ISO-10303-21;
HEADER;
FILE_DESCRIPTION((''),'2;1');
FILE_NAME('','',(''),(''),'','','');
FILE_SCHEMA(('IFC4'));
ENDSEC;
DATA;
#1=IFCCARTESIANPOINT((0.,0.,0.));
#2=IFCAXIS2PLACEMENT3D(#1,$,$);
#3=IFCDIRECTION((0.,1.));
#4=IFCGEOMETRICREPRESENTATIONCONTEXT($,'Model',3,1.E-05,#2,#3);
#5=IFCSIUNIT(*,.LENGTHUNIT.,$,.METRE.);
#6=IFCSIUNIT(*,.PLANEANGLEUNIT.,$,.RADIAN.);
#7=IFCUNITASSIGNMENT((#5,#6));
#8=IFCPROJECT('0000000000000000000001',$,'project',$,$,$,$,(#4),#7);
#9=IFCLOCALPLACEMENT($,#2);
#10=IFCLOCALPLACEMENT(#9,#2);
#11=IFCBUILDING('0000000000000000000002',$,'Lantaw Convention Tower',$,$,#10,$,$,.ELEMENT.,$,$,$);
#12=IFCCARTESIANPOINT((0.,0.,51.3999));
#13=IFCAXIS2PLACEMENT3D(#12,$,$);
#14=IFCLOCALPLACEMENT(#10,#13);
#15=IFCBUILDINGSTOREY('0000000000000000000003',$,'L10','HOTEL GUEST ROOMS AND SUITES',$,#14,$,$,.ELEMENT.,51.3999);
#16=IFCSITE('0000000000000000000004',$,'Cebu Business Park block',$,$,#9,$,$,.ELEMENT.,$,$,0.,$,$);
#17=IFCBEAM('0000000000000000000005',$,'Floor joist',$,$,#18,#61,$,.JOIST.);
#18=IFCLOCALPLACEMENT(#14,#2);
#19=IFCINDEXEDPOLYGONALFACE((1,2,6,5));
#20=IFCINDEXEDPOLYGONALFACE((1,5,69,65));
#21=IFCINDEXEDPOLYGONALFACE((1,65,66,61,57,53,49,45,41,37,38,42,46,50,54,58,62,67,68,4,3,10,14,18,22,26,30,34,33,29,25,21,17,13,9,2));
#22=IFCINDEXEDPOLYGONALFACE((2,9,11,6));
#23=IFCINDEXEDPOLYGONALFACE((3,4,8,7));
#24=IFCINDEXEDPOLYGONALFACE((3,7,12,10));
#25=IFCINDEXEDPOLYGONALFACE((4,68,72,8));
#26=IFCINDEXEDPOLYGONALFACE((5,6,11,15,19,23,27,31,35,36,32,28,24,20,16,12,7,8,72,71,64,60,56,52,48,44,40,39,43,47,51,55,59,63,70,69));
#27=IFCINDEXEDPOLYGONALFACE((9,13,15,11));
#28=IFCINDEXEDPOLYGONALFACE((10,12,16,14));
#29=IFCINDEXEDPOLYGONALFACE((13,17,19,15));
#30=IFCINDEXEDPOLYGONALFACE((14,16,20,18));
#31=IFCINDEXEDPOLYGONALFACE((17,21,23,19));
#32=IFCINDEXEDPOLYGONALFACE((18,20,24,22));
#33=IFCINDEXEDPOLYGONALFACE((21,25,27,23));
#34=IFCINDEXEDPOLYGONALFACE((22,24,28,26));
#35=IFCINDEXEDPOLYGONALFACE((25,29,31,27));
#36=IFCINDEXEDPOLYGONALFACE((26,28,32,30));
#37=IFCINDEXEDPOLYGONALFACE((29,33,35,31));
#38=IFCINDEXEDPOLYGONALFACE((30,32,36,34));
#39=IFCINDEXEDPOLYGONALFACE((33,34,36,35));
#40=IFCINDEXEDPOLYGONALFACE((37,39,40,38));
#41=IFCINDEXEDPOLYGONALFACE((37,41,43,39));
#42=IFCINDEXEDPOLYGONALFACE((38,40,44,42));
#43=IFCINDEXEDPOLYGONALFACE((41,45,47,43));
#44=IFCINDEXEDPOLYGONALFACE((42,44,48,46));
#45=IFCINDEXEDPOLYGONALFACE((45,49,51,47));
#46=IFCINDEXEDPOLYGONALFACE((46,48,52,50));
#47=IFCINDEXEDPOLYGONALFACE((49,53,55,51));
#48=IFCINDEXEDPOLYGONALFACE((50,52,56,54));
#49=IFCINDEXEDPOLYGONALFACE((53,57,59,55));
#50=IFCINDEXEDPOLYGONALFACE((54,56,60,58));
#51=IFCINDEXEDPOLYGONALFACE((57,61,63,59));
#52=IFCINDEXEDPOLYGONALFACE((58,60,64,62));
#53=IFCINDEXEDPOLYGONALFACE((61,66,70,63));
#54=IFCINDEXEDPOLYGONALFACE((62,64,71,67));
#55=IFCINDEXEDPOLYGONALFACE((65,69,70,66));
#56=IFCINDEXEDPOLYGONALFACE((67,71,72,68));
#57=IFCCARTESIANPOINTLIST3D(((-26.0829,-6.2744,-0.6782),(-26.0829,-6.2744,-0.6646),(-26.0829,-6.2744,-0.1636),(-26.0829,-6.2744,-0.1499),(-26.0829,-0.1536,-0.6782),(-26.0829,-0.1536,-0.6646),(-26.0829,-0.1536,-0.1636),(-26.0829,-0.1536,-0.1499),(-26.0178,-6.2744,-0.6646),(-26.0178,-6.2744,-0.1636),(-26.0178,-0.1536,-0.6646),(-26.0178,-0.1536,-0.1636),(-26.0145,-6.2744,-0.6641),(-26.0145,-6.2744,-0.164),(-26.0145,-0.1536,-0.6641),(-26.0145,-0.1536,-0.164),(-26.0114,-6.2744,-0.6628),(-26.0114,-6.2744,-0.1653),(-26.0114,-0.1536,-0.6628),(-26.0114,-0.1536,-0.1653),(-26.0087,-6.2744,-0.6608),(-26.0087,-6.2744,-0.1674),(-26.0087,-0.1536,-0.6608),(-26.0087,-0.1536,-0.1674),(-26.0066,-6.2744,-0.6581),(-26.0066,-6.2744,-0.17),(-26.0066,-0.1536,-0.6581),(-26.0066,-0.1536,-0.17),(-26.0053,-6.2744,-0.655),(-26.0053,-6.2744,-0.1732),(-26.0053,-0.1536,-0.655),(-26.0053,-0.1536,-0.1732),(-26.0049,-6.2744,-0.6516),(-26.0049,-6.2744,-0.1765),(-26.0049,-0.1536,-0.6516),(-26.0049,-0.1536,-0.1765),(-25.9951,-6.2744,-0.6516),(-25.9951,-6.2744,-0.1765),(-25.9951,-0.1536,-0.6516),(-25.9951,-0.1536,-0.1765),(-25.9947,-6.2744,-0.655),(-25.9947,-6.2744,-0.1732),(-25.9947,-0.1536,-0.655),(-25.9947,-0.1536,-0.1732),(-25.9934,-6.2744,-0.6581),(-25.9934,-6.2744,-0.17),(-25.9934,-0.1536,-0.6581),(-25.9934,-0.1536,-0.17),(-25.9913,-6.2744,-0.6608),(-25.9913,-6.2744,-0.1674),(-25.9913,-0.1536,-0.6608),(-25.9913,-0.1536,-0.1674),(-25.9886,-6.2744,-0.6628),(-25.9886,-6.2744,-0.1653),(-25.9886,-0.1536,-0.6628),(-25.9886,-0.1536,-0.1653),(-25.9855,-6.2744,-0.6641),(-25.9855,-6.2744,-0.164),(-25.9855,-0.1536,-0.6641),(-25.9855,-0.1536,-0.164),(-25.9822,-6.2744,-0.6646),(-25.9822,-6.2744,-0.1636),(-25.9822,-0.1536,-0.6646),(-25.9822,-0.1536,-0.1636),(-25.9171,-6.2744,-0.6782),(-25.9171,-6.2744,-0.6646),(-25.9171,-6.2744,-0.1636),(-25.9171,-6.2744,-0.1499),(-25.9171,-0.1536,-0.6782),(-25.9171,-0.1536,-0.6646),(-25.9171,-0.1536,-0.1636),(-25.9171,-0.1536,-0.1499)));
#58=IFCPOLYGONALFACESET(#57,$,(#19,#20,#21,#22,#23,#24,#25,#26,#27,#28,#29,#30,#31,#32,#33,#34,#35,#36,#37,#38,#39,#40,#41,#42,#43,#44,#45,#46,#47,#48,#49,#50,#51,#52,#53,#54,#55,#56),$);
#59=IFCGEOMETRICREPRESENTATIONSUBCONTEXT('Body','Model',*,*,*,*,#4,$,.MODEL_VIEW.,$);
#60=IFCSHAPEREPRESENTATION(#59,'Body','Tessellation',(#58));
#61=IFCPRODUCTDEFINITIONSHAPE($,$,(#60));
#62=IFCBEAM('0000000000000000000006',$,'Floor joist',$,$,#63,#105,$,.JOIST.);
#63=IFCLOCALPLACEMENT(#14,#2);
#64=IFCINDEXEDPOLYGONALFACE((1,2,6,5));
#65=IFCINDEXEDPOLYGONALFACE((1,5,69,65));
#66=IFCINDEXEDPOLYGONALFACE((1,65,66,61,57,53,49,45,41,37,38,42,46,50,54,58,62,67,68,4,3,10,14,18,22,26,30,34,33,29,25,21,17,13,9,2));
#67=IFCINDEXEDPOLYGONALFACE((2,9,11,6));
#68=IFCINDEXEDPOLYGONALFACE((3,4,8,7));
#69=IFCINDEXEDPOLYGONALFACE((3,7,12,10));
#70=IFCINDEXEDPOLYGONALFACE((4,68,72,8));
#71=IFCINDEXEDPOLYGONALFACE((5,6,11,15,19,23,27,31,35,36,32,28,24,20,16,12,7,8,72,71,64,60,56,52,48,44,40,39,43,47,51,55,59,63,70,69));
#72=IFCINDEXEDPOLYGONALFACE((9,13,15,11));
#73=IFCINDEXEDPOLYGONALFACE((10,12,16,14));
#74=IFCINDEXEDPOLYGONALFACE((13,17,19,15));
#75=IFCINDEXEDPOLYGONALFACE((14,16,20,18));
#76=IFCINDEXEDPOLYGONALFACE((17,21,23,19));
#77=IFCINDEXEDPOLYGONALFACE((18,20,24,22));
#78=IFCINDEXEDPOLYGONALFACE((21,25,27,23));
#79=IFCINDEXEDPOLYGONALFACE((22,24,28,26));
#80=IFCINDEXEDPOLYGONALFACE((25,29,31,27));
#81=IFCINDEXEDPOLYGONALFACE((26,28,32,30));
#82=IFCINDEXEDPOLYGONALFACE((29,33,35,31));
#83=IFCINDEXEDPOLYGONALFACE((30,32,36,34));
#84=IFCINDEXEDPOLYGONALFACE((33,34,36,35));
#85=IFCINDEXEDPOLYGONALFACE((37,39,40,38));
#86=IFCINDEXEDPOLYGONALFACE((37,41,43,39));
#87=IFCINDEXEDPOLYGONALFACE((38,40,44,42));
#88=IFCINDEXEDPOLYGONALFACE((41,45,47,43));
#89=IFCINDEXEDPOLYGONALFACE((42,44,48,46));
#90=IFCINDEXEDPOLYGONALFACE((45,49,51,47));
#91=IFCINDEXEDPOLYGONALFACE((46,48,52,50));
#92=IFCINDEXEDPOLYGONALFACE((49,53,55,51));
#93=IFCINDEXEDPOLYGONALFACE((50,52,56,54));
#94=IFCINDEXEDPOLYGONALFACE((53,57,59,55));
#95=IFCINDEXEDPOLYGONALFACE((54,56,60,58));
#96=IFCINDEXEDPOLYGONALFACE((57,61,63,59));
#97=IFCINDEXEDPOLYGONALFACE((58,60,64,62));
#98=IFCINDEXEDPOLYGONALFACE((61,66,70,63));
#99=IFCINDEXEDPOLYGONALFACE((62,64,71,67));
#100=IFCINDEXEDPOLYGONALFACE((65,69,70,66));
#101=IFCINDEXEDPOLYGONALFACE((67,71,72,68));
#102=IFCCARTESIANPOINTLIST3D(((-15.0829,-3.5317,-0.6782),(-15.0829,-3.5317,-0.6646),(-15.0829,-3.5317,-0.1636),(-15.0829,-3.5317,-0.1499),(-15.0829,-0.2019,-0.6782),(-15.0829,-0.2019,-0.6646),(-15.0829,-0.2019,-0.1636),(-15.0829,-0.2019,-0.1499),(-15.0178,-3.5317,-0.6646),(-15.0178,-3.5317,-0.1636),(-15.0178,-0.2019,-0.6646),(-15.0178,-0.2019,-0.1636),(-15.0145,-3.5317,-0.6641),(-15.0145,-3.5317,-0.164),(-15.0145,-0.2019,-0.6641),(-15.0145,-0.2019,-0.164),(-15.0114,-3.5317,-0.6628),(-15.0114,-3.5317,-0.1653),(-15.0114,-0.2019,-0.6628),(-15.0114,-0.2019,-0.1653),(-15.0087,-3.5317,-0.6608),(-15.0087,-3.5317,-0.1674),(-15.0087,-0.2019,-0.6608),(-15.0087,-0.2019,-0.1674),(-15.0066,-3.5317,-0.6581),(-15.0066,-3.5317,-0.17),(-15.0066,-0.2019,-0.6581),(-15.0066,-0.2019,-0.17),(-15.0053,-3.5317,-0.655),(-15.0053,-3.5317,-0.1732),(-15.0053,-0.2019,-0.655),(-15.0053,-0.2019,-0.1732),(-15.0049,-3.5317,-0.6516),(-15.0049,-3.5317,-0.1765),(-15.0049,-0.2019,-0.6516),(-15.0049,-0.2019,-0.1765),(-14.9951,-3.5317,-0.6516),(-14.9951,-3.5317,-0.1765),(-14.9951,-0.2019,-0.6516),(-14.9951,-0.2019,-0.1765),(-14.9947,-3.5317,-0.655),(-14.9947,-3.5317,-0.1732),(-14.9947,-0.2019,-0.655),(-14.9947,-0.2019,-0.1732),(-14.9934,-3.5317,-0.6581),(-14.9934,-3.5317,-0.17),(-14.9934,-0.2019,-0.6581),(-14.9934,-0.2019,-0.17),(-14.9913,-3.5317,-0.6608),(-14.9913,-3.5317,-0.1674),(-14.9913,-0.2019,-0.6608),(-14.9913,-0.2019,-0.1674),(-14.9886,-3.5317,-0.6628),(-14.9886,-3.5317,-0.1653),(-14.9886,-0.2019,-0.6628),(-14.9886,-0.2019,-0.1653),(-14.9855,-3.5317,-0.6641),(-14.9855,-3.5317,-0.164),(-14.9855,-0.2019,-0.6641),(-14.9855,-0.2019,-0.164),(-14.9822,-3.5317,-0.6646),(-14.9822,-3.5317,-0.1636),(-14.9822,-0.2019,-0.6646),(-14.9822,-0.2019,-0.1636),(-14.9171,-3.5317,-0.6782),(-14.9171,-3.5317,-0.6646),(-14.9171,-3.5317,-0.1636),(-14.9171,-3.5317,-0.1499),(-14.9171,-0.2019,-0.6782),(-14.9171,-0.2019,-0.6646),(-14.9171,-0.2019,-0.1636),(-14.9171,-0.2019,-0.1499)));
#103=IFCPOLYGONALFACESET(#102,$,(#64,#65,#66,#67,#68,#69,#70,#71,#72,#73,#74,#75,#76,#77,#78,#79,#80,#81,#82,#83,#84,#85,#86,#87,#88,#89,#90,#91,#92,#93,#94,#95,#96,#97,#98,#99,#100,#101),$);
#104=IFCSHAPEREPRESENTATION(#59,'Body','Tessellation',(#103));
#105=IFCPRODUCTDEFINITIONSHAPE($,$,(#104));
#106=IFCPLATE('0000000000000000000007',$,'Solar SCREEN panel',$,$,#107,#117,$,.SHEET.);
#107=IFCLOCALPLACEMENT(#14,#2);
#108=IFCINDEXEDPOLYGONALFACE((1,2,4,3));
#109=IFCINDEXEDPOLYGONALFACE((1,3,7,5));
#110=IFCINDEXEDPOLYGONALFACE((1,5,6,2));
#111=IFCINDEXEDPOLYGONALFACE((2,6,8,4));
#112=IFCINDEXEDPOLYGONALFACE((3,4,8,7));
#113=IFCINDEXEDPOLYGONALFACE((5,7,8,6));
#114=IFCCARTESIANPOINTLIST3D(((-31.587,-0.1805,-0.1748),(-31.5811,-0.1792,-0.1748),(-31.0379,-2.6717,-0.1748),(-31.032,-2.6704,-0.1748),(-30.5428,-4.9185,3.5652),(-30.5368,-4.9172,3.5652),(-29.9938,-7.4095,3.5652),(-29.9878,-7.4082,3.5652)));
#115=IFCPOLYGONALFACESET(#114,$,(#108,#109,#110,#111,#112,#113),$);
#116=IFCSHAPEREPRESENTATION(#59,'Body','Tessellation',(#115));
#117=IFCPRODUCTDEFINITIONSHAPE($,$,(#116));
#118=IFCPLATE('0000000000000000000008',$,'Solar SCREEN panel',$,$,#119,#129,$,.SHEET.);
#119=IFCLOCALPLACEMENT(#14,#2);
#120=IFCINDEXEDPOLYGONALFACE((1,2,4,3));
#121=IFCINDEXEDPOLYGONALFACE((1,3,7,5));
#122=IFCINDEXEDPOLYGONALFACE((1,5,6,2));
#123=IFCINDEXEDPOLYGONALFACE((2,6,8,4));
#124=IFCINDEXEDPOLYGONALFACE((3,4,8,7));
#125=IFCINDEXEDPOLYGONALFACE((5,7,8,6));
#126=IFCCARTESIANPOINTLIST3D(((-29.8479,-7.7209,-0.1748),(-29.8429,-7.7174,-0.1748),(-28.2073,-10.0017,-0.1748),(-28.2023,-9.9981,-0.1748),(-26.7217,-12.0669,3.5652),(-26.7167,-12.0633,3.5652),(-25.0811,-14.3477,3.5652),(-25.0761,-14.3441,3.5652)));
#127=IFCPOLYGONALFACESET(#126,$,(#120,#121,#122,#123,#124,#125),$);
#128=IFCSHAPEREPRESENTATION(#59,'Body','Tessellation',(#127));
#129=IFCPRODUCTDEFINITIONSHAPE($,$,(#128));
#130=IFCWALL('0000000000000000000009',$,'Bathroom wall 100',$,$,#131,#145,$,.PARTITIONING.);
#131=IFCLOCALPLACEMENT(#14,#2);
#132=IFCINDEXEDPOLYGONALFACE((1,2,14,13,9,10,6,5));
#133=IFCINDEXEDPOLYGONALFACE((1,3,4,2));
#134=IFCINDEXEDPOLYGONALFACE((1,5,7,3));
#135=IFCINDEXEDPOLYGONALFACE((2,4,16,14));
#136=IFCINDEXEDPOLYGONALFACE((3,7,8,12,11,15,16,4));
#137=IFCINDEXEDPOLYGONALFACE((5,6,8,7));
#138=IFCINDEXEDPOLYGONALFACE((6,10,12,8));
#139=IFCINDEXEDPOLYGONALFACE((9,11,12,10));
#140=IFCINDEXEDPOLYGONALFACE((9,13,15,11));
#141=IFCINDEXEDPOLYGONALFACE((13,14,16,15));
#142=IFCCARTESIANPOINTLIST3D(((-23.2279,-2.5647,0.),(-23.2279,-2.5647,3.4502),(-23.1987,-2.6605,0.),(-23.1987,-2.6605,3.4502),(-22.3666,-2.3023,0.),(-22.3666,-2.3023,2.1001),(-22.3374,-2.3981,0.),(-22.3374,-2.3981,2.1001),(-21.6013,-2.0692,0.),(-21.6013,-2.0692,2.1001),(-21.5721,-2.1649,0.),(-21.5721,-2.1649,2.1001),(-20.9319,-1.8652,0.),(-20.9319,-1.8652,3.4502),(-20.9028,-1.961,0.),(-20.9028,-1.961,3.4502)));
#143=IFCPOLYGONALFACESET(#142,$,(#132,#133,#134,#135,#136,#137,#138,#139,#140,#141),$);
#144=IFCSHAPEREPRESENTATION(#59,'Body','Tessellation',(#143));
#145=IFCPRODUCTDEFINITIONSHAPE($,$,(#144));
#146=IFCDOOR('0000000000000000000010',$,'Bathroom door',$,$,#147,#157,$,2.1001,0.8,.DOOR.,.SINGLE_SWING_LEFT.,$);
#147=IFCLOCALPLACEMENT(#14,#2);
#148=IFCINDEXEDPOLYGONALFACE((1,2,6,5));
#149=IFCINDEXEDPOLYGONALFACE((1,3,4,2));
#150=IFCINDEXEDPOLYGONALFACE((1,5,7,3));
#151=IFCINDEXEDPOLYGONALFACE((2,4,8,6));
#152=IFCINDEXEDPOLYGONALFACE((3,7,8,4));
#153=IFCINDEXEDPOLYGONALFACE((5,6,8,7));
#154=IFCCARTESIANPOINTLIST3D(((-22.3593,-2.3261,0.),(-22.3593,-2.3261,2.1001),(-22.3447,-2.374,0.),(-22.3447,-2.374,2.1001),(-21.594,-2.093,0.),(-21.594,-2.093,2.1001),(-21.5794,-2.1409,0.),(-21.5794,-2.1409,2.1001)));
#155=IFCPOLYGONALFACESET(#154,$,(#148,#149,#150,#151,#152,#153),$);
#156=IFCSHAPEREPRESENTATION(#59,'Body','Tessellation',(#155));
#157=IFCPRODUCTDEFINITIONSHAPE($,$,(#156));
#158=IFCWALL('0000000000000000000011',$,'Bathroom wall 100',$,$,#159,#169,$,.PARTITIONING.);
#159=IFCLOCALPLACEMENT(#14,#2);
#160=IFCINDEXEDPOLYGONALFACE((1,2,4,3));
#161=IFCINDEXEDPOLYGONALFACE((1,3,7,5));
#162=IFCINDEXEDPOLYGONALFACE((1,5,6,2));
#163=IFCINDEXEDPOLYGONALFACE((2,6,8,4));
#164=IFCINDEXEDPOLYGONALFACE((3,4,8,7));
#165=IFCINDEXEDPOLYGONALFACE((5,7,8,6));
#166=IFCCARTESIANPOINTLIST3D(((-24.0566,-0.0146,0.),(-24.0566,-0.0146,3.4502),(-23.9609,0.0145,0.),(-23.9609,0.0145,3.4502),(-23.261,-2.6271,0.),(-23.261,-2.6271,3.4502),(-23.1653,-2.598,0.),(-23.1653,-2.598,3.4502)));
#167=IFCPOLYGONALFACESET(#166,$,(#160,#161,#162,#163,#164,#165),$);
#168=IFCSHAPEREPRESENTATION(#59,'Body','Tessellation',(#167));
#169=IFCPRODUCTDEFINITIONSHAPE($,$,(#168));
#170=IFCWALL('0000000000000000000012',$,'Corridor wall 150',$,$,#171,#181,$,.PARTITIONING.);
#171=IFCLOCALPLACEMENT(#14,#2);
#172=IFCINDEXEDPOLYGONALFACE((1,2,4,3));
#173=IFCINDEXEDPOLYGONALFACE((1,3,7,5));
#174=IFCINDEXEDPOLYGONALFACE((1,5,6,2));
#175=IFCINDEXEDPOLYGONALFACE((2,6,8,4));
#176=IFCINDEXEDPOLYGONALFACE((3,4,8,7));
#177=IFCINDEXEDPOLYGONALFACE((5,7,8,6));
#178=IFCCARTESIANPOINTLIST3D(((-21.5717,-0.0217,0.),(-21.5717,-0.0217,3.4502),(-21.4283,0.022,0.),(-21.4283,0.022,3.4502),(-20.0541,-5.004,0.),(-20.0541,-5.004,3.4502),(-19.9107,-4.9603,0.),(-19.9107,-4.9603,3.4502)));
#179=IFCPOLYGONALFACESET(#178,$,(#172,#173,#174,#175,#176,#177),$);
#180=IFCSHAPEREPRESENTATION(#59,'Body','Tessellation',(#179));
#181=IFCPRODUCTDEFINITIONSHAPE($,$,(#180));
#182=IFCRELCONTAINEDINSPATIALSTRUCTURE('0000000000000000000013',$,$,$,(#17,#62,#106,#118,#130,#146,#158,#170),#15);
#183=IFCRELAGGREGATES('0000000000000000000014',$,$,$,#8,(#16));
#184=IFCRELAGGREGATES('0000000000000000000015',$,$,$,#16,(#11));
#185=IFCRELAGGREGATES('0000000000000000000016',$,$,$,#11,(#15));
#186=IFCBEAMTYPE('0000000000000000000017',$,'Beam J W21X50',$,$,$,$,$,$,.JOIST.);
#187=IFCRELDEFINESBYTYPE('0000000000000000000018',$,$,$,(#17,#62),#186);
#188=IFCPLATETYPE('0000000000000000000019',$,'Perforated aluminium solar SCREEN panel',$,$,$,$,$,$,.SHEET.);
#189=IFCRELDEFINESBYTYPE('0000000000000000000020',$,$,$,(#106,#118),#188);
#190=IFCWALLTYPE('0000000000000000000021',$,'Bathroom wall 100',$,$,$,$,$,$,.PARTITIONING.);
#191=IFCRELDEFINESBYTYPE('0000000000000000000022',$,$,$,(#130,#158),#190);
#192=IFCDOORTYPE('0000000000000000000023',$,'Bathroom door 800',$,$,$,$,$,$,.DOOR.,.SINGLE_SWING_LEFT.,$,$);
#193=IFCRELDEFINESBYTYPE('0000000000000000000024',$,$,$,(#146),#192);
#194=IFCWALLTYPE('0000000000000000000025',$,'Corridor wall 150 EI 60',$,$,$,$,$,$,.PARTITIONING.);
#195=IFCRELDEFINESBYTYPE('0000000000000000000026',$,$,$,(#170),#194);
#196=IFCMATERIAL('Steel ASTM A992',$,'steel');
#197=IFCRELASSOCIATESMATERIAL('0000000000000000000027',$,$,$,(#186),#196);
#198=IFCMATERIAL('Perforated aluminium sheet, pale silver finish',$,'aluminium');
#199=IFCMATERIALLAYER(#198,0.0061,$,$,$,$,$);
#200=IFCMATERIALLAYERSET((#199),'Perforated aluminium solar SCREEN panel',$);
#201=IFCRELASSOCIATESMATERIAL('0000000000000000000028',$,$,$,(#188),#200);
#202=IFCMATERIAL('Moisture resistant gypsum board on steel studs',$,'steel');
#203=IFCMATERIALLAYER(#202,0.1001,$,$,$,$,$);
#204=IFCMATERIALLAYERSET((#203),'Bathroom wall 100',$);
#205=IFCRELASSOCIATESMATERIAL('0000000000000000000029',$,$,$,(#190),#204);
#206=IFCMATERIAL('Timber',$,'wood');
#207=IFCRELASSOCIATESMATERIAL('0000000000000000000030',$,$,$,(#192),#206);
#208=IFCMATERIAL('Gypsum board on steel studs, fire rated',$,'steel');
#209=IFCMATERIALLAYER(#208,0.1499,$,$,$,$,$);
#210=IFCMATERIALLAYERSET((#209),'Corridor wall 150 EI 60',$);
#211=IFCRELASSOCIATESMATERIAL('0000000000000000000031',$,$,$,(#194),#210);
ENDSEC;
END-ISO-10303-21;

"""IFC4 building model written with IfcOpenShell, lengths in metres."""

from ifc_helpers import new_model, si_unit, direction, frame, frame_2d, origin, origin_2d, place, context, subcontext, project, spatial, polyline, rectangle, i_section, outline, extrude, material, layer, layer_set, material_profile, profile_set, type_object, element, fill, save


model = new_model("IFC4")

# Units and contexts
model_context = context("Model", 3, precision=1e-05, world=origin(), true_north=direction((0.0, 1.0)))
body_context = subcontext(model_context, "Body", "Model", "MODEL_VIEW")
ifc_project = project(units=[si_unit("LENGTHUNIT", "METRE"), si_unit("PLANEANGLEUNIT", "RADIAN")], contexts=[model_context])

# Site, building, storey
site_placement = place(None, origin())
site = spatial("IfcSite", under=ifc_project, at=site_placement, Name="Cebu Business Park block", CompositionType="ELEMENT", RefElevation=0.0)
building_placement = place(site_placement, origin())
building = spatial("IfcBuilding", under=site, at=building_placement, Name="Lantaw Convention Tower", CompositionType="ELEMENT")
storey_placement = place(building_placement, frame((0.0, 0.0, 51.3999)))
storey = spatial("IfcBuildingStorey", under=building, at=storey_placement, Name="L10", Description="HOTEL GUEST ROOMS AND SUITES", CompositionType="ELEMENT", Elevation=51.3999)

# Beams
ifc_material_1 = material(Name="Steel ASTM A992", Category="steel")
ifc_material_profile_1 = material_profile(ifc_material_1, i_section(OverallWidth=0.1658, OverallDepth=0.5283, WebThickness=0.0098, FlangeThickness=0.0137, FilletRadius=0.0129, at=origin_2d()), Name="W21X50")
ifc_profile_set_1 = profile_set([ifc_material_profile_1], Name="Steel ASTM A992")
beam_type_1 = type_object("IfcBeamType", Name="Beam J W21X50", PredefinedType="JOIST", material=ifc_profile_set_1)
beam_1_placement = place(storey_placement, frame((-26.0, -6.2744, -0.4141), z_axis=(0.0, 1.0, 0.0), x_axis=(-1.0, 0.0, 0.0)))
element("IfcBeam", 1, at=beam_1_placement, inside=storey, type_object=beam_type_1, Name="Floor joist", PredefinedType="JOIST", context=body_context, shape_type="SweptSolid", body=[
    extrude(i_section(OverallWidth=0.1658, OverallDepth=0.5283, WebThickness=0.0098, FlangeThickness=0.0137, FilletRadius=0.0129, at=origin_2d()), origin(), (0.0, 0.0, 1.0), 6.1208),
])
beam_2_placement = place(storey_placement, frame((-15.0, -3.5317, -0.4141), z_axis=(0.0, 1.0, 0.0), x_axis=(-1.0, 0.0, 0.0)))
element("IfcBeam", 2, at=beam_2_placement, inside=storey, type_object=beam_type_1, Name="Floor joist", PredefinedType="JOIST", context=body_context, shape_type="SweptSolid", body=[
    extrude(i_section(OverallWidth=0.1658, OverallDepth=0.5283, WebThickness=0.0098, FlangeThickness=0.0137, FilletRadius=0.0129, at=origin_2d()), origin(), (0.0, 0.0, 1.0), 3.3298),
])

# Plates
ifc_material_2 = material(Name="Perforated aluminium sheet, pale silver finish", Category="aluminium")
ifc_layer_1 = layer(ifc_material_2, 0.0061)
ifc_layer_set_1 = layer_set([ifc_layer_1], Name="Perforated aluminium solar SCREEN panel")
plate_type = type_object("IfcPlateType", Name="Perforated aluminium solar SCREEN panel", PredefinedType="SHEET", material=ifc_layer_set_1)
plate_1_placement = place(storey_placement, frame((-31.5811, -0.1792, -0.1748), z_axis=(0.976559, 0.215248, 0.00003), x_axis=(0.215248, -0.976559, 0.0)))
element("IfcPlate", 3, at=plate_1_placement, inside=storey, type_object=plate_type, Name="Solar SCREEN panel", PredefinedType="SHEET", context=body_context, shape_type="SweptSolid", body=[
    extrude(outline(polyline([(0.0, 0.0), (2.551, 0.0), (7.4025, -3.74), (4.8517, -3.74), (0.0, 0.0)])), origin(), (0.0, 0.0, -1.0), 0.0061),
])
plate_2_placement = place(storey_placement, frame((-29.8479, -7.7209, -0.1748), z_axis=(-0.811791, -0.583948, 0.000009), x_axis=(0.583948, -0.811791, 0.0)))
element("IfcPlate", 4, at=plate_2_placement, inside=storey, type_object=plate_type, Name="Solar SCREEN panel", PredefinedType="SHEET", context=body_context, shape_type="SweptSolid", body=[
    extrude(outline(polyline([(0.0, 0.0), (2.8095, 0.0), (8.1631, 3.74), (5.3536, 3.74), (0.0, 0.0)])), origin(), (0.0, 0.0, -1.0), 0.0061),
])

# Wall, opening, door
ifc_material_3 = material(Name="Moisture resistant gypsum board on steel studs", Category="steel")
ifc_layer_2 = layer(ifc_material_3, 0.1001)
ifc_layer_set_2 = layer_set([ifc_layer_2], Name="Bathroom wall 100")
wall_type_1 = type_object("IfcWallType", Name="Bathroom wall 100", PredefinedType="PARTITIONING", material=ifc_layer_set_2)
wall_1_placement = place(storey_placement, frame((-20.9172, -1.9131, 0.0), z_axis=(0.0, 0.0, 1.0), x_axis=(-0.956591, -0.291433, 0.0)))
wall_1 = element("IfcWall", 5, at=wall_1_placement, inside=storey, type_object=wall_type_1, Name="Bathroom wall 100", PredefinedType="PARTITIONING", context=body_context, shape_type="SweptSolid", body=[
    extrude(rectangle(XDim=2.4001, YDim=0.1001, at=frame_2d((1.2002, 0.0))), origin(), (0.0, 0.0, 1.0), 3.4502),
])
opening_1_placement = place(wall_1_placement, frame((0.7, 0.0, 0.0)))
opening_1 = element("IfcOpeningElement", 6, at=opening_1_placement, cuts=wall_1, PredefinedType="OPENING", context=body_context, shape_type="SweptSolid", body=[
    extrude(rectangle(XDim=0.8, YDim=2.1001, at=frame_2d((0.3999, 1.05))), frame((0.0, 0.0601, 0.0), z_axis=(0.0, -1.0, 0.0), x_axis=(1.0, 0.0, 0.0)), (0.0, 0.0, 1.0), 0.1201),
])
ifc_material_4 = material(Name="Timber", Category="wood")
door_type_1 = type_object("IfcDoorType", Name="Bathroom door 800", OperationType="SINGLE_SWING_LEFT", PredefinedType="DOOR", material=ifc_material_4)
door_1_placement = place(opening_1_placement, origin())
door_1 = element("IfcDoor", 7, at=door_1_placement, inside=storey, type_object=door_type_1, Name="Bathroom door", OperationType="SINGLE_SWING_LEFT", OverallHeight=2.1001, OverallWidth=0.8, PredefinedType="DOOR", context=body_context, shape_type="SweptSolid", body=[
    extrude(rectangle(XDim=0.8, YDim=2.1001, at=frame_2d((0.3999, 1.05))), frame((0.0, 0.0249, 0.0), z_axis=(0.0, -1.0, 0.0), x_axis=(1.0, 0.0, 0.0)), (0.0, 0.0, 1.0), 0.05),
])
fill(opening_1, door_1)

# Walls
wall_2_placement = place(storey_placement, frame((-23.2131, -2.6125, 0.0), z_axis=(0.0, 0.0, 1.0), x_axis=(-0.291339, 0.95662, 0.0)))
element("IfcWall", 8, at=wall_2_placement, inside=storey, type_object=wall_type_1, Name="Bathroom wall 100", PredefinedType="PARTITIONING", context=body_context, shape_type="SweptSolid", body=[
    extrude(rectangle(XDim=2.731, YDim=0.1001, at=frame_2d((1.3655, 0.0))), origin(), (0.0, 0.0, 1.0), 3.4502),
])
ifc_material_5 = material(Name="Gypsum board on steel studs, fire rated", Category="steel")
ifc_layer_3 = layer(ifc_material_5, 0.1499)
ifc_layer_set_3 = layer_set([ifc_layer_3], Name="Corridor wall 150 EI 60")
wall_type_2 = type_object("IfcWallType", Name="Corridor wall 150 EI 60", PredefinedType="PARTITIONING", material=ifc_layer_set_3)
wall_3_placement = place(storey_placement, frame((-21.5, 0.0, 0.0), z_axis=(0.0, 0.0, 1.0), x_axis=(0.291384, -0.956606, 0.0)))
element("IfcWall", 9, at=wall_3_placement, inside=storey, type_object=wall_type_2, Name="Corridor wall 150", PredefinedType="PARTITIONING", context=body_context, shape_type="SweptSolid", body=[
    extrude(rectangle(XDim=5.2083, YDim=0.1499, at=frame_2d((2.604, 0.0))), origin(), (0.0, 0.0, 1.0), 3.4502),
])

save(model, "model.ifc")
